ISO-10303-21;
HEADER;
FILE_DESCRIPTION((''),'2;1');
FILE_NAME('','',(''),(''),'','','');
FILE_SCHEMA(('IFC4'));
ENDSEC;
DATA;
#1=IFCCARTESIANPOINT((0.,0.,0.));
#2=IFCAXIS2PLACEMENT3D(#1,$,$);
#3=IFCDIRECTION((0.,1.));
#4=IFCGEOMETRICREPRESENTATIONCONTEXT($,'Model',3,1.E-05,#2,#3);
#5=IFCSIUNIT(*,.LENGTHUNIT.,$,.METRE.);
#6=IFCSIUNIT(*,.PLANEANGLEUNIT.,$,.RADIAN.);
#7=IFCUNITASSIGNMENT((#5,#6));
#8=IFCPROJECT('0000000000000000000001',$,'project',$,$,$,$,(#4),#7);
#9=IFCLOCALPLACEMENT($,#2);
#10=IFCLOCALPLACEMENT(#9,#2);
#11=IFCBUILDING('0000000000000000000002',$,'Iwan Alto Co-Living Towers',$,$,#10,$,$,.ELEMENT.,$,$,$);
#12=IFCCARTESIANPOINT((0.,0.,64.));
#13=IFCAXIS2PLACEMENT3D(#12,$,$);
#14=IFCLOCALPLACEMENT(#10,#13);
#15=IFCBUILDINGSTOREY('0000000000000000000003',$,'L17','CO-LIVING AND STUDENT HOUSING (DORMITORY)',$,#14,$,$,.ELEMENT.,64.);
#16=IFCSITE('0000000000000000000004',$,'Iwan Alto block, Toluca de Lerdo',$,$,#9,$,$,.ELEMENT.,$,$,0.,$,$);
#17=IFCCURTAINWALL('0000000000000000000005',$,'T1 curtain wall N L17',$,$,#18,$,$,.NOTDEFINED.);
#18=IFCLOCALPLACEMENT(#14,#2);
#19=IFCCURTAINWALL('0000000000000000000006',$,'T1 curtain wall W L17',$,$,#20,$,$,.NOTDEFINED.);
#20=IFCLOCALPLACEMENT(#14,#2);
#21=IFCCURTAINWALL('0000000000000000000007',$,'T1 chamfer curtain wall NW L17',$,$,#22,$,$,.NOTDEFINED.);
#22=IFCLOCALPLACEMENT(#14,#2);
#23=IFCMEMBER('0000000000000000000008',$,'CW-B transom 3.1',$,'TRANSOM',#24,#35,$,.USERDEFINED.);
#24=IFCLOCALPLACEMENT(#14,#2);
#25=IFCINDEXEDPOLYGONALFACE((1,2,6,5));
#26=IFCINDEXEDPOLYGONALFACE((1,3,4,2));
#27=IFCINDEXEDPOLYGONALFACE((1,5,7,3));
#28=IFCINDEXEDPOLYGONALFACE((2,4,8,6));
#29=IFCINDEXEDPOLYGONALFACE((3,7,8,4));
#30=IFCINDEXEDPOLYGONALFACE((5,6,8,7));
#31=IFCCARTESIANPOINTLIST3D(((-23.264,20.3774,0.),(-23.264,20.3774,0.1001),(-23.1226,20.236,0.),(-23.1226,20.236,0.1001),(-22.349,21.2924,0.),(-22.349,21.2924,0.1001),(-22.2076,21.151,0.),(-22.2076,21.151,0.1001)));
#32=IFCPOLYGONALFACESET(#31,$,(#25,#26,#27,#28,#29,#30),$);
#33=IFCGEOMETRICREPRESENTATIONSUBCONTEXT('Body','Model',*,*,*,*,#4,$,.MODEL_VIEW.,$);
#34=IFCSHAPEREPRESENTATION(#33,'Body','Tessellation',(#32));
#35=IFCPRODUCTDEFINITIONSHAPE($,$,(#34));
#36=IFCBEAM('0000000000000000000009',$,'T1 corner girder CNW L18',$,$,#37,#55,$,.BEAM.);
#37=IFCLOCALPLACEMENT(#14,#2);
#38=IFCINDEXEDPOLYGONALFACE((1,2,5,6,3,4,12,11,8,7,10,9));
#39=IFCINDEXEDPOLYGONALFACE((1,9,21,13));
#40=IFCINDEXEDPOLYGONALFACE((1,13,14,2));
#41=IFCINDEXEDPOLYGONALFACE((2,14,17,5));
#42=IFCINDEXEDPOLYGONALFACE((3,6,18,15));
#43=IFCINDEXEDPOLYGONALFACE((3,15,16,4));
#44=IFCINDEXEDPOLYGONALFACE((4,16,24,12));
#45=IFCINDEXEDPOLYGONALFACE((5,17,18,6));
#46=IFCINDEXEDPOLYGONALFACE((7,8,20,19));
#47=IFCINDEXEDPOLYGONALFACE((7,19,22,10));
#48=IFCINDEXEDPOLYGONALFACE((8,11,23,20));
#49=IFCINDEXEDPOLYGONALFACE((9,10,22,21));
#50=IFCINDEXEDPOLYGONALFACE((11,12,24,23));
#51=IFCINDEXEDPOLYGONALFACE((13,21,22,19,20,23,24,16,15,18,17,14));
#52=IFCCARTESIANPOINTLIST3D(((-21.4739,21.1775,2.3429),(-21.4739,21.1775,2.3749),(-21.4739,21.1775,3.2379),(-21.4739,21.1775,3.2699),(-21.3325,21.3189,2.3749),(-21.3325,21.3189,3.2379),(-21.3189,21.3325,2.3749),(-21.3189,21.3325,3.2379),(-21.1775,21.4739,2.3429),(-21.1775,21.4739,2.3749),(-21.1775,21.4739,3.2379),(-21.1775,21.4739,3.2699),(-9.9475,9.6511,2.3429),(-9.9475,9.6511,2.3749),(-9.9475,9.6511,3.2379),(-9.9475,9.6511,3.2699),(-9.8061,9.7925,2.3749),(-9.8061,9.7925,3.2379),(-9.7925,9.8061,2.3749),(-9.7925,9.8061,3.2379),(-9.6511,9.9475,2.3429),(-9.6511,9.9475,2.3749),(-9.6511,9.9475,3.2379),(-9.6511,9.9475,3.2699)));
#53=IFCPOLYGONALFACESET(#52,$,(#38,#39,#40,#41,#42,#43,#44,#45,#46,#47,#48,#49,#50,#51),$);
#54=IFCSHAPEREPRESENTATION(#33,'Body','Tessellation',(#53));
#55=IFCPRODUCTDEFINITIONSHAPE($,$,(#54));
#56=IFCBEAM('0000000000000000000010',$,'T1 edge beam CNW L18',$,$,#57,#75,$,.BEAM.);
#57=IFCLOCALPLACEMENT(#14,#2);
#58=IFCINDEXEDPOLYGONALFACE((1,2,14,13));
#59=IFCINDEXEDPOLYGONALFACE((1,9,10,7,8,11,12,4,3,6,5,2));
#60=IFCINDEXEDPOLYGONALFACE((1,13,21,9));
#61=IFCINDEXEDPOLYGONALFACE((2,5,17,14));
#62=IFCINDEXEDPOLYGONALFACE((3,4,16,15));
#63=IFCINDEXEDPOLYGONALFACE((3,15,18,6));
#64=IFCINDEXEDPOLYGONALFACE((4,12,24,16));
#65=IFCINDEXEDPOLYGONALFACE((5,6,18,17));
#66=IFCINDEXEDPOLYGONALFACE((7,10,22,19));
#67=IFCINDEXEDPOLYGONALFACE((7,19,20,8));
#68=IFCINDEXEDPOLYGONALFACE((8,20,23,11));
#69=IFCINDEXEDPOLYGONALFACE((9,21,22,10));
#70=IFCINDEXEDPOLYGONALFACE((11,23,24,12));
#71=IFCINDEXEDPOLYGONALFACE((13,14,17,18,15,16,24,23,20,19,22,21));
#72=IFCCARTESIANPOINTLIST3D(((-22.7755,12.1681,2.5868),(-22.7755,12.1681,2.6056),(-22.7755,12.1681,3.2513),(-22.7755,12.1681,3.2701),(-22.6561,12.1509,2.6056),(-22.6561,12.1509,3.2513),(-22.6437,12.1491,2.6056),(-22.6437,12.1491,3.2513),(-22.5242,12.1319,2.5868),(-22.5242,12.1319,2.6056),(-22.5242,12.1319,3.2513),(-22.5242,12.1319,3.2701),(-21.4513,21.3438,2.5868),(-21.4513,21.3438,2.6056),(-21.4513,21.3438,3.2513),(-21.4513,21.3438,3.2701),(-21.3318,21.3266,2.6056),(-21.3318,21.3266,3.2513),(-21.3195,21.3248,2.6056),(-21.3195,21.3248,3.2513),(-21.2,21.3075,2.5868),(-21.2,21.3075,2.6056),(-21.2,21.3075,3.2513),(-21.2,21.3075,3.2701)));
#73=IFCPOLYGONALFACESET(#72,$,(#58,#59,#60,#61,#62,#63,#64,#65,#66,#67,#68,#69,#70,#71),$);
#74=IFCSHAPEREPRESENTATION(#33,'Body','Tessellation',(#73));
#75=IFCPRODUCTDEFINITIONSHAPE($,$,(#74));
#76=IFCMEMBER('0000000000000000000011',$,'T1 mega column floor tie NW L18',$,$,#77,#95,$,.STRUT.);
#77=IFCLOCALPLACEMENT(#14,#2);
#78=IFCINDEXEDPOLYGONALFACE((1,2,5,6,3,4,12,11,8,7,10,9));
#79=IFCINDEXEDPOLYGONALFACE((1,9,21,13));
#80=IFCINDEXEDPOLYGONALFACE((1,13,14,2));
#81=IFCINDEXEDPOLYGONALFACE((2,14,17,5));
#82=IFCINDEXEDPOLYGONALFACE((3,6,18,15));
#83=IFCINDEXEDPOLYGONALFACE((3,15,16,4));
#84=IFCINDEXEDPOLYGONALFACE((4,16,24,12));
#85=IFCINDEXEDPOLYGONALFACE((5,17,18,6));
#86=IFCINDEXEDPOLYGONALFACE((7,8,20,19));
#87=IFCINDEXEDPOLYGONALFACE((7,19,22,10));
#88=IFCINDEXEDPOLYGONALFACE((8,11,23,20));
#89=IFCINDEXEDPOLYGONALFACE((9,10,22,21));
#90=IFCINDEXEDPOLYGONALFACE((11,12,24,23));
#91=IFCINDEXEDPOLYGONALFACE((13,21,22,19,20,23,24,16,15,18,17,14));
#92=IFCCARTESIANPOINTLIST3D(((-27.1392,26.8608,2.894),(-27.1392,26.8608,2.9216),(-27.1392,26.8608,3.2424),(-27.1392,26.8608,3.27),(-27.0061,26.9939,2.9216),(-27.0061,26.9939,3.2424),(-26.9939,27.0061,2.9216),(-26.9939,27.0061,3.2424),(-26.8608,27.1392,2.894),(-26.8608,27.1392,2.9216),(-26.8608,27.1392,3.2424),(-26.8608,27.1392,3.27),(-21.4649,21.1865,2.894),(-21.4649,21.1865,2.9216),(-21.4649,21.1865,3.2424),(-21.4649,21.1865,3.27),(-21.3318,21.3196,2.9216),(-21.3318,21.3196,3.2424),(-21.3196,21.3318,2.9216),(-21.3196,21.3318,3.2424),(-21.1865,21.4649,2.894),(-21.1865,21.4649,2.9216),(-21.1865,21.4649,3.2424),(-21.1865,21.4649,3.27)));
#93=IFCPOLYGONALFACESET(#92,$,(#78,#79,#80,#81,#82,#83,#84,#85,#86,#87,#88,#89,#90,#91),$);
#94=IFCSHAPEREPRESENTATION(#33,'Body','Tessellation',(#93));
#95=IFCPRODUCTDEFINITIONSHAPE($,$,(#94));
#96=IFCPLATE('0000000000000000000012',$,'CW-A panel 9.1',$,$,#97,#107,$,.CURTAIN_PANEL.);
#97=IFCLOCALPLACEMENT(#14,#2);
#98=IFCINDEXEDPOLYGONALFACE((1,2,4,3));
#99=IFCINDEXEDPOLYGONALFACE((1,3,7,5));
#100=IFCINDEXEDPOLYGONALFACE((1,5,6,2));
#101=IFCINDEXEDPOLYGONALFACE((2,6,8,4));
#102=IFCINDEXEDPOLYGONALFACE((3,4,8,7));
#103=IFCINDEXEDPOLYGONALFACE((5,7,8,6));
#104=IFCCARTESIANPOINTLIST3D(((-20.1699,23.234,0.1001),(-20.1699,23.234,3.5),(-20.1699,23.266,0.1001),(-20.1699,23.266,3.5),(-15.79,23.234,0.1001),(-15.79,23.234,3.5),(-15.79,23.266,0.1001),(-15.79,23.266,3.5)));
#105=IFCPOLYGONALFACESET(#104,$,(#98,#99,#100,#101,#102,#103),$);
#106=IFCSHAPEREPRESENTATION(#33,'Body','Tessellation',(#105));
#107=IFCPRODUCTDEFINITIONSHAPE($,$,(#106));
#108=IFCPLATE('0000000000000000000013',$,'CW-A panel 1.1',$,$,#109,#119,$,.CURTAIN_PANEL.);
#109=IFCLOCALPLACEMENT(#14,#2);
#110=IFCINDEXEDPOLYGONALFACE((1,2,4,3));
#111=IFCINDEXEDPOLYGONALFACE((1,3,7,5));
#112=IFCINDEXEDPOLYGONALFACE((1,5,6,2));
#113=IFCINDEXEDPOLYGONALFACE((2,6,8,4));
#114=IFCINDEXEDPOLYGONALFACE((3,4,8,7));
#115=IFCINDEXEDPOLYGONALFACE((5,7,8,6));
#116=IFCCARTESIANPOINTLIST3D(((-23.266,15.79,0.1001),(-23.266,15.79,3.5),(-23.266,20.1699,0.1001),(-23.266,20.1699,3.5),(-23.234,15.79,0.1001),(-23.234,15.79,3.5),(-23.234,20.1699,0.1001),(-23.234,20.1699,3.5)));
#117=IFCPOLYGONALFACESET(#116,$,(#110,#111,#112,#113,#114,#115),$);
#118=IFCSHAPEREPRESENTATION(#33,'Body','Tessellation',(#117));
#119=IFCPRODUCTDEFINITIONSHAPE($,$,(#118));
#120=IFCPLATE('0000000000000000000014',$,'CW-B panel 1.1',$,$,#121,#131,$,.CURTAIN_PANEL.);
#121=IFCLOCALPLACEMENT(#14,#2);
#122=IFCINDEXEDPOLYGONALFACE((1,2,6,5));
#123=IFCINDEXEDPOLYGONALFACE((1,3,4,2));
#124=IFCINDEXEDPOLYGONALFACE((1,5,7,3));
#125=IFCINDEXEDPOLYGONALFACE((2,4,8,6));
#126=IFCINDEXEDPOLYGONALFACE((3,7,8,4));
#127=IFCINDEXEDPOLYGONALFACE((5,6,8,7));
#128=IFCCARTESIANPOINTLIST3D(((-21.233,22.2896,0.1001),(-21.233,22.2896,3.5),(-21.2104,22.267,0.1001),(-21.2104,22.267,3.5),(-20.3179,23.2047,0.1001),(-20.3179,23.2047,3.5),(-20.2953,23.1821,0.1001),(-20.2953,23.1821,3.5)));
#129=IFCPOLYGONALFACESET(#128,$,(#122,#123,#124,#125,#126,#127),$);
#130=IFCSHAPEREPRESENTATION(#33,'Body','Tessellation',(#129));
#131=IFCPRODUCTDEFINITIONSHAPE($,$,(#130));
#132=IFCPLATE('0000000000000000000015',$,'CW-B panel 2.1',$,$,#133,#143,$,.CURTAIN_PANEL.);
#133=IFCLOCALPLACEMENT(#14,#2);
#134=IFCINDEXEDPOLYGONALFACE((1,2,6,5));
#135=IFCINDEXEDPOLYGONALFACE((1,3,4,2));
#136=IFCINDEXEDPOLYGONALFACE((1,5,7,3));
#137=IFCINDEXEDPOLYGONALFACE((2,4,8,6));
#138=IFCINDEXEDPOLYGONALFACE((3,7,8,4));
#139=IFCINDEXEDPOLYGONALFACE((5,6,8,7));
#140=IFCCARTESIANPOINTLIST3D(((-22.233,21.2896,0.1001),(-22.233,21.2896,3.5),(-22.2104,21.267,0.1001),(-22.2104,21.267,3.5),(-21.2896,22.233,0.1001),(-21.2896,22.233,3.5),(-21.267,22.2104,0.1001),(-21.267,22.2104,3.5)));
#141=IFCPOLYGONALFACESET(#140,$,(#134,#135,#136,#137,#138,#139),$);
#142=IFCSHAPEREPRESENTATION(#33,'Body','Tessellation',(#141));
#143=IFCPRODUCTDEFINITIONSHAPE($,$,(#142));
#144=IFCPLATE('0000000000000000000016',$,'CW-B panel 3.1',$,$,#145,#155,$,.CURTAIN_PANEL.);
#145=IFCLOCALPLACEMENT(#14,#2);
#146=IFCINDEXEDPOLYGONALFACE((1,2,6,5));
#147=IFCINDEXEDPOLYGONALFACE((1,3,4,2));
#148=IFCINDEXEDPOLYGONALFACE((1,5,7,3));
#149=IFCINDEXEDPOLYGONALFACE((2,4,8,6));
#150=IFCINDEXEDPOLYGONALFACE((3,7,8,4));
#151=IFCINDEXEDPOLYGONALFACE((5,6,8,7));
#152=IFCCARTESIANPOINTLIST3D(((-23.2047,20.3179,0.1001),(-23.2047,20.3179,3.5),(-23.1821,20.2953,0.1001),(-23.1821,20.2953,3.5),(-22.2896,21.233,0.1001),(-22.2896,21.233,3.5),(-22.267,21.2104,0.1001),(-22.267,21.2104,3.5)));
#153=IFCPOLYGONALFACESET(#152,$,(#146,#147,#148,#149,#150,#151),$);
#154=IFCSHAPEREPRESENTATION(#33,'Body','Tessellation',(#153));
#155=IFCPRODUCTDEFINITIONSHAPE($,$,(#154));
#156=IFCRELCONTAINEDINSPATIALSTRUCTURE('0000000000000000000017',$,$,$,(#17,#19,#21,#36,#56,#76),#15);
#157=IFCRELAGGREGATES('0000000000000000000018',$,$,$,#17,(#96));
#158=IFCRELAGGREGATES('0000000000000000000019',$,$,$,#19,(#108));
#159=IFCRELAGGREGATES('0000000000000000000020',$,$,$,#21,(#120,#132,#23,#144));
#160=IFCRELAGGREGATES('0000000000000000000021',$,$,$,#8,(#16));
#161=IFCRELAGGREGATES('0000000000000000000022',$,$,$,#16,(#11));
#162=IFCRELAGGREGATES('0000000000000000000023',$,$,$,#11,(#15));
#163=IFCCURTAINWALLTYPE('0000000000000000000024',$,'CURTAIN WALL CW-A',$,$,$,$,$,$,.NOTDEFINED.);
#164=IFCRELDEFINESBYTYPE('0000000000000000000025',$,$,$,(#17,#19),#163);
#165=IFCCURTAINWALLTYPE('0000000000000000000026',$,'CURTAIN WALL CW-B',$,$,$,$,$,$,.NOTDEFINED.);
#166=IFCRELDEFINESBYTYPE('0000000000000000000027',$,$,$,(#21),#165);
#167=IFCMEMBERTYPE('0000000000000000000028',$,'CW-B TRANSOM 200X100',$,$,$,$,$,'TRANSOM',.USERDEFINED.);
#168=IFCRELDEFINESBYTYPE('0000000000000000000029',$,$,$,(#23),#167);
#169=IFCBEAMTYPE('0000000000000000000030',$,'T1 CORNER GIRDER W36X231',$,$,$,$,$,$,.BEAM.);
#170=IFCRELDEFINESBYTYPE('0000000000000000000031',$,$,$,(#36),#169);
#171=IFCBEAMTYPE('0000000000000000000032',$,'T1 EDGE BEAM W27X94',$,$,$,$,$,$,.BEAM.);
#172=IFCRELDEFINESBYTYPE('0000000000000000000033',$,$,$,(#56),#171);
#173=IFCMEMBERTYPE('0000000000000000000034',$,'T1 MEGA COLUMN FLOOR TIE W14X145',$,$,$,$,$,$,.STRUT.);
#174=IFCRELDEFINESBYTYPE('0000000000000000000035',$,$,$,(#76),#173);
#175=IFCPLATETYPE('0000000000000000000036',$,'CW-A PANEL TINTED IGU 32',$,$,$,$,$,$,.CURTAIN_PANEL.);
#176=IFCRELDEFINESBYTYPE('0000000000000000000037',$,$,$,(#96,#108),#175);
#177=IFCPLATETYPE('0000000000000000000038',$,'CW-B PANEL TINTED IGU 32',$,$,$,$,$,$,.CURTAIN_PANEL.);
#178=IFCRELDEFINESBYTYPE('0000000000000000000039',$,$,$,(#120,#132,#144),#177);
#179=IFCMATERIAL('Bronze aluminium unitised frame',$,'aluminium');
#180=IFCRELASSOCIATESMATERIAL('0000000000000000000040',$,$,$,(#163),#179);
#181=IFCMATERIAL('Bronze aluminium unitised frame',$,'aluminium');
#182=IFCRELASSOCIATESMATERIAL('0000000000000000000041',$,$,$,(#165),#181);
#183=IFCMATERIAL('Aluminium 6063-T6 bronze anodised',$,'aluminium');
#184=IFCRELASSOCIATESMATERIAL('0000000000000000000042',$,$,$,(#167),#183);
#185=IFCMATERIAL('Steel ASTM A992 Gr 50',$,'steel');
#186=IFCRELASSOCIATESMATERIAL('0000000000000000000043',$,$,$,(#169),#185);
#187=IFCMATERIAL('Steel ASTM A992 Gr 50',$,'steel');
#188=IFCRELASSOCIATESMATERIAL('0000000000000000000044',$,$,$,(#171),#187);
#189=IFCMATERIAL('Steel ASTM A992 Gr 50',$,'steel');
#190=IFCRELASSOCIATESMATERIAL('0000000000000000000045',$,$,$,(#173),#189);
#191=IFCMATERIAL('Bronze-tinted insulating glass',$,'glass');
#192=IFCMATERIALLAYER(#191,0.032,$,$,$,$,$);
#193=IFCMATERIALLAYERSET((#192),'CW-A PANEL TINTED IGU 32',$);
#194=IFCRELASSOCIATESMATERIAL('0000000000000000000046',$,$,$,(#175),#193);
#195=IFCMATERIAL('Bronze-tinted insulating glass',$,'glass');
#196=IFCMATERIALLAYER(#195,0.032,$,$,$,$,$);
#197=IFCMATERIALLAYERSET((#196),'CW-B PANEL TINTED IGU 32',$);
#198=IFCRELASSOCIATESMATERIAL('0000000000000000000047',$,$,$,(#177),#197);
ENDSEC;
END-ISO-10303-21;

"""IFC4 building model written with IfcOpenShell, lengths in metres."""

from ifc_helpers import new_model, si_unit, direction, frame, origin, origin_2d, place, context, subcontext, project, spatial, rectangle, i_section, extrude, material, layer, layer_set, material_profile, profile_set, type_object, element, aggregate, save


model = new_model("IFC4")

# Units and contexts
model_context = context("Model", 3, precision=1e-05, world=origin(), true_north=direction((0.0, 1.0)))
body_context = subcontext(model_context, "Body", "Model", "MODEL_VIEW")
ifc_project = project(units=[si_unit("LENGTHUNIT", "METRE"), si_unit("PLANEANGLEUNIT", "RADIAN")], contexts=[model_context])

# Site, building, storey
site_placement = place(None, origin())
site = spatial("IfcSite", under=ifc_project, at=site_placement, Name="Iwan Alto block, Toluca de Lerdo", CompositionType="ELEMENT", RefElevation=0.0)
building_placement = place(site_placement, origin())
building = spatial("IfcBuilding", under=site, at=building_placement, Name="Iwan Alto Co-Living Towers", CompositionType="ELEMENT")
storey_placement = place(building_placement, frame((0.0, 0.0, 64.0)))
storey = spatial("IfcBuildingStorey", under=building, at=storey_placement, Name="L17", Description="CO-LIVING AND STUDENT HOUSING (DORMITORY)", CompositionType="ELEMENT", Elevation=64.0)

# Curtain walls
ifc_material_1 = material(Name="Bronze aluminium unitised frame", Category="aluminium")
curtain_wall_type_1 = type_object("IfcCurtainWallType", Name="CURTAIN WALL CW-A", PredefinedType="NOTDEFINED", material=ifc_material_1)
curtain_wall_1_placement = place(storey_placement, origin())
curtain_wall_1 = element("IfcCurtainWall", 1, at=curtain_wall_1_placement, inside=storey, type_object=curtain_wall_type_1, Name="T1 curtain wall N L17", PredefinedType="NOTDEFINED")
curtain_wall_2_placement = place(storey_placement, origin())
curtain_wall_2 = element("IfcCurtainWall", 2, at=curtain_wall_2_placement, inside=storey, type_object=curtain_wall_type_1, Name="T1 curtain wall W L17", PredefinedType="NOTDEFINED")

# Curtain wall, member
ifc_material_2 = material(Name="Bronze aluminium unitised frame", Category="aluminium")
curtain_wall_type_2 = type_object("IfcCurtainWallType", Name="CURTAIN WALL CW-B", PredefinedType="NOTDEFINED", material=ifc_material_2)
curtain_wall_3_placement = place(storey_placement, origin())
curtain_wall_3 = element("IfcCurtainWall", 3, at=curtain_wall_3_placement, inside=storey, type_object=curtain_wall_type_2, Name="T1 chamfer curtain wall NW L17", PredefinedType="NOTDEFINED")
ifc_material_3 = material(Name="Aluminium 6063-T6 bronze anodised", Category="aluminium")
ifc_material_profile_1 = material_profile(ifc_material_3, rectangle(XDim=0.2, YDim=0.1001, at=origin_2d()), Name="AL 200X100")
ifc_profile_set_1 = profile_set([ifc_material_profile_1], Name="Aluminium 6063-T6 bronze anodised")
member_type_1 = type_object("IfcMemberType", Name="CW-B TRANSOM 200X100", ElementType="TRANSOM", PredefinedType="USERDEFINED", material=ifc_profile_set_1)
member_1_placement = place(storey_placement, frame((-22.2783, 21.2217, 0.05), z_axis=(-0.707107, -0.707107, 0.0), x_axis=(0.707107, -0.707107, 0.0)))
member_1 = element("IfcMember", 4, at=member_1_placement, type_object=member_type_1, Name="CW-B transom 3.1", ObjectType="TRANSOM", PredefinedType="USERDEFINED", context=body_context, shape_type="SweptSolid", body=[
    extrude(rectangle(XDim=0.2, YDim=0.1001, at=origin_2d()), origin(), (0.0, 0.0, 1.0), 1.2939),
])

# Beams
ifc_material_4 = material(Name="Steel ASTM A992 Gr 50", Category="steel")
ifc_material_profile_2 = material_profile(ifc_material_4, i_section(OverallWidth=0.4192, OverallDepth=0.927, WebThickness=0.0193, FlangeThickness=0.032, at=origin_2d()), Name="W36X231")
ifc_profile_set_2 = profile_set([ifc_material_profile_2], Name="Steel ASTM A992 Gr 50")
beam_type_1 = type_object("IfcBeamType", Name="T1 CORNER GIRDER W36X231", PredefinedType="BEAM", material=ifc_profile_set_2)
beam_1_placement = place(storey_placement, frame((-21.3257, 21.3257, 2.8064), z_axis=(0.707107, -0.707107, 0.0), x_axis=(0.707107, 0.707107, 0.0)))
element("IfcBeam", 5, at=beam_1_placement, inside=storey, type_object=beam_type_1, Name="T1 corner girder CNW L18", PredefinedType="BEAM", context=body_context, shape_type="SweptSolid", body=[
    extrude(i_section(OverallWidth=0.4192, OverallDepth=0.927, WebThickness=0.0193, FlangeThickness=0.032, at=origin_2d()), origin(), (0.0, 0.0, 1.0), 16.3008),
])
ifc_material_5 = material(Name="Steel ASTM A992 Gr 50", Category="steel")
ifc_material_profile_3 = material_profile(ifc_material_5, i_section(OverallWidth=0.2539, OverallDepth=0.6833, WebThickness=0.0125, FlangeThickness=0.0188, at=origin_2d()), Name="W27X94")
ifc_profile_set_3 = profile_set([ifc_material_profile_3], Name="Steel ASTM A992 Gr 50")
beam_type_2 = type_object("IfcBeamType", Name="T1 EDGE BEAM W27X94", PredefinedType="BEAM", material=ifc_profile_set_3)
beam_2_placement = place(storey_placement, frame((-21.3257, 21.3257, 2.9285), z_axis=(-0.142837, -0.989746, 0.0), x_axis=(0.989746, -0.142837, 0.0)))
element("IfcBeam", 6, at=beam_2_placement, inside=storey, type_object=beam_type_2, Name="T1 edge beam CNW L18", PredefinedType="BEAM", context=body_context, shape_type="SweptSolid", body=[
    extrude(i_section(OverallWidth=0.2539, OverallDepth=0.6833, WebThickness=0.0125, FlangeThickness=0.0188, at=origin_2d()), origin(), (0.0, 0.0, 1.0), 9.2708),
])

# Member
ifc_material_6 = material(Name="Steel ASTM A992 Gr 50", Category="steel")
ifc_material_profile_4 = material_profile(ifc_material_6, i_section(OverallWidth=0.3938, OverallDepth=0.376, WebThickness=0.0173, FlangeThickness=0.0276, at=origin_2d()), Name="W14X145")
ifc_profile_set_4 = profile_set([ifc_material_profile_4], Name="Steel ASTM A992 Gr 50")
member_type_2 = type_object("IfcMemberType", Name="T1 MEGA COLUMN FLOOR TIE W14X145", PredefinedType="STRUT", material=ifc_profile_set_4)
member_2_placement = place(storey_placement, frame((-27.0, 27.0, 3.082), z_axis=(0.707107, -0.707107, 0.0), x_axis=(0.707107, 0.707107, 0.0)))
element("IfcMember", 7, at=member_2_placement, inside=storey, type_object=member_type_2, Name="T1 mega column floor tie NW L18", PredefinedType="STRUT", context=body_context, shape_type="SweptSolid", body=[
    extrude(i_section(OverallWidth=0.3938, OverallDepth=0.376, WebThickness=0.0173, FlangeThickness=0.0276, at=origin_2d()), origin(), (0.0, 0.0, 1.0), 8.0247),
])

# Plates
ifc_material_7 = material(Name="Bronze-tinted insulating glass", Category="glass")
ifc_layer_1 = layer(ifc_material_7, 0.032)
ifc_layer_set_1 = layer_set([ifc_layer_1], Name="CW-A PANEL TINTED IGU 32")
plate_type_1 = type_object("IfcPlateType", Name="CW-A PANEL TINTED IGU 32", PredefinedType="CURTAIN_PANEL", material=ifc_layer_set_1)
plate_1_placement = place(storey_placement, frame((-17.98, 23.25, 0.1001), z_axis=(0.0, 0.0, 1.0), x_axis=(-1.0, 0.0, 0.0)))
plate_1 = element("IfcPlate", 8, at=plate_1_placement, type_object=plate_type_1, Name="CW-A panel 9.1", PredefinedType="CURTAIN_PANEL", context=body_context, shape_type="SweptSolid", body=[
    extrude(rectangle(XDim=4.3799, YDim=0.032, at=origin_2d()), origin(), (0.0, 0.0, 1.0), 3.3999),
])
aggregate(curtain_wall_1, [plate_1])
plate_2_placement = place(storey_placement, frame((-23.25, 17.98, 0.1001), z_axis=(0.0, 0.0, 1.0), x_axis=(0.0, -1.0, 0.0)))
plate_2 = element("IfcPlate", 9, at=plate_2_placement, type_object=plate_type_1, Name="CW-A panel 1.1", PredefinedType="CURTAIN_PANEL", context=body_context, shape_type="SweptSolid", body=[
    extrude(rectangle(XDim=4.3799, YDim=0.032, at=origin_2d()), origin(), (0.0, 0.0, 1.0), 3.3999),
])
aggregate(curtain_wall_2, [plate_2])
ifc_material_8 = material(Name="Bronze-tinted insulating glass", Category="glass")
ifc_layer_2 = layer(ifc_material_8, 0.032)
ifc_layer_set_2 = layer_set([ifc_layer_2], Name="CW-B PANEL TINTED IGU 32")
plate_type_2 = type_object("IfcPlateType", Name="CW-B PANEL TINTED IGU 32", PredefinedType="CURTAIN_PANEL", material=ifc_layer_set_2)
plate_3_placement = place(storey_placement, frame((-20.7642, 22.7358, 0.1001), z_axis=(0.0, 0.0, 1.0), x_axis=(-0.707107, -0.707107, 0.0)))
plate_3 = element("IfcPlate", 10, at=plate_3_placement, type_object=plate_type_2, Name="CW-B panel 1.1", PredefinedType="CURTAIN_PANEL", context=body_context, shape_type="SweptSolid", body=[
    extrude(rectangle(XDim=1.2942, YDim=0.032, at=origin_2d()), origin(), (0.0, 0.0, 1.0), 3.3999),
])
plate_4_placement = place(storey_placement, frame((-21.75, 21.75, 0.1001), z_axis=(0.0, 0.0, 1.0), x_axis=(-0.707107, -0.707107, 0.0)))
plate_4 = element("IfcPlate", 11, at=plate_4_placement, type_object=plate_type_2, Name="CW-B panel 2.1", PredefinedType="CURTAIN_PANEL", context=body_context, shape_type="SweptSolid", body=[
    extrude(rectangle(XDim=1.3342, YDim=0.032, at=origin_2d()), origin(), (0.0, 0.0, 1.0), 3.3999),
])
plate_5_placement = place(storey_placement, frame((-22.7358, 20.7642, 0.1001), z_axis=(0.0, 0.0, 1.0), x_axis=(-0.707107, -0.707107, 0.0)))
plate_5 = element("IfcPlate", 12, at=plate_5_placement, type_object=plate_type_2, Name="CW-B panel 3.1", PredefinedType="CURTAIN_PANEL", context=body_context, shape_type="SweptSolid", body=[
    extrude(rectangle(XDim=1.2942, YDim=0.032, at=origin_2d()), origin(), (0.0, 0.0, 1.0), 3.3999),
])
aggregate(curtain_wall_3, [plate_3, plate_4, member_1, plate_5])

save(model, "model.ifc")
